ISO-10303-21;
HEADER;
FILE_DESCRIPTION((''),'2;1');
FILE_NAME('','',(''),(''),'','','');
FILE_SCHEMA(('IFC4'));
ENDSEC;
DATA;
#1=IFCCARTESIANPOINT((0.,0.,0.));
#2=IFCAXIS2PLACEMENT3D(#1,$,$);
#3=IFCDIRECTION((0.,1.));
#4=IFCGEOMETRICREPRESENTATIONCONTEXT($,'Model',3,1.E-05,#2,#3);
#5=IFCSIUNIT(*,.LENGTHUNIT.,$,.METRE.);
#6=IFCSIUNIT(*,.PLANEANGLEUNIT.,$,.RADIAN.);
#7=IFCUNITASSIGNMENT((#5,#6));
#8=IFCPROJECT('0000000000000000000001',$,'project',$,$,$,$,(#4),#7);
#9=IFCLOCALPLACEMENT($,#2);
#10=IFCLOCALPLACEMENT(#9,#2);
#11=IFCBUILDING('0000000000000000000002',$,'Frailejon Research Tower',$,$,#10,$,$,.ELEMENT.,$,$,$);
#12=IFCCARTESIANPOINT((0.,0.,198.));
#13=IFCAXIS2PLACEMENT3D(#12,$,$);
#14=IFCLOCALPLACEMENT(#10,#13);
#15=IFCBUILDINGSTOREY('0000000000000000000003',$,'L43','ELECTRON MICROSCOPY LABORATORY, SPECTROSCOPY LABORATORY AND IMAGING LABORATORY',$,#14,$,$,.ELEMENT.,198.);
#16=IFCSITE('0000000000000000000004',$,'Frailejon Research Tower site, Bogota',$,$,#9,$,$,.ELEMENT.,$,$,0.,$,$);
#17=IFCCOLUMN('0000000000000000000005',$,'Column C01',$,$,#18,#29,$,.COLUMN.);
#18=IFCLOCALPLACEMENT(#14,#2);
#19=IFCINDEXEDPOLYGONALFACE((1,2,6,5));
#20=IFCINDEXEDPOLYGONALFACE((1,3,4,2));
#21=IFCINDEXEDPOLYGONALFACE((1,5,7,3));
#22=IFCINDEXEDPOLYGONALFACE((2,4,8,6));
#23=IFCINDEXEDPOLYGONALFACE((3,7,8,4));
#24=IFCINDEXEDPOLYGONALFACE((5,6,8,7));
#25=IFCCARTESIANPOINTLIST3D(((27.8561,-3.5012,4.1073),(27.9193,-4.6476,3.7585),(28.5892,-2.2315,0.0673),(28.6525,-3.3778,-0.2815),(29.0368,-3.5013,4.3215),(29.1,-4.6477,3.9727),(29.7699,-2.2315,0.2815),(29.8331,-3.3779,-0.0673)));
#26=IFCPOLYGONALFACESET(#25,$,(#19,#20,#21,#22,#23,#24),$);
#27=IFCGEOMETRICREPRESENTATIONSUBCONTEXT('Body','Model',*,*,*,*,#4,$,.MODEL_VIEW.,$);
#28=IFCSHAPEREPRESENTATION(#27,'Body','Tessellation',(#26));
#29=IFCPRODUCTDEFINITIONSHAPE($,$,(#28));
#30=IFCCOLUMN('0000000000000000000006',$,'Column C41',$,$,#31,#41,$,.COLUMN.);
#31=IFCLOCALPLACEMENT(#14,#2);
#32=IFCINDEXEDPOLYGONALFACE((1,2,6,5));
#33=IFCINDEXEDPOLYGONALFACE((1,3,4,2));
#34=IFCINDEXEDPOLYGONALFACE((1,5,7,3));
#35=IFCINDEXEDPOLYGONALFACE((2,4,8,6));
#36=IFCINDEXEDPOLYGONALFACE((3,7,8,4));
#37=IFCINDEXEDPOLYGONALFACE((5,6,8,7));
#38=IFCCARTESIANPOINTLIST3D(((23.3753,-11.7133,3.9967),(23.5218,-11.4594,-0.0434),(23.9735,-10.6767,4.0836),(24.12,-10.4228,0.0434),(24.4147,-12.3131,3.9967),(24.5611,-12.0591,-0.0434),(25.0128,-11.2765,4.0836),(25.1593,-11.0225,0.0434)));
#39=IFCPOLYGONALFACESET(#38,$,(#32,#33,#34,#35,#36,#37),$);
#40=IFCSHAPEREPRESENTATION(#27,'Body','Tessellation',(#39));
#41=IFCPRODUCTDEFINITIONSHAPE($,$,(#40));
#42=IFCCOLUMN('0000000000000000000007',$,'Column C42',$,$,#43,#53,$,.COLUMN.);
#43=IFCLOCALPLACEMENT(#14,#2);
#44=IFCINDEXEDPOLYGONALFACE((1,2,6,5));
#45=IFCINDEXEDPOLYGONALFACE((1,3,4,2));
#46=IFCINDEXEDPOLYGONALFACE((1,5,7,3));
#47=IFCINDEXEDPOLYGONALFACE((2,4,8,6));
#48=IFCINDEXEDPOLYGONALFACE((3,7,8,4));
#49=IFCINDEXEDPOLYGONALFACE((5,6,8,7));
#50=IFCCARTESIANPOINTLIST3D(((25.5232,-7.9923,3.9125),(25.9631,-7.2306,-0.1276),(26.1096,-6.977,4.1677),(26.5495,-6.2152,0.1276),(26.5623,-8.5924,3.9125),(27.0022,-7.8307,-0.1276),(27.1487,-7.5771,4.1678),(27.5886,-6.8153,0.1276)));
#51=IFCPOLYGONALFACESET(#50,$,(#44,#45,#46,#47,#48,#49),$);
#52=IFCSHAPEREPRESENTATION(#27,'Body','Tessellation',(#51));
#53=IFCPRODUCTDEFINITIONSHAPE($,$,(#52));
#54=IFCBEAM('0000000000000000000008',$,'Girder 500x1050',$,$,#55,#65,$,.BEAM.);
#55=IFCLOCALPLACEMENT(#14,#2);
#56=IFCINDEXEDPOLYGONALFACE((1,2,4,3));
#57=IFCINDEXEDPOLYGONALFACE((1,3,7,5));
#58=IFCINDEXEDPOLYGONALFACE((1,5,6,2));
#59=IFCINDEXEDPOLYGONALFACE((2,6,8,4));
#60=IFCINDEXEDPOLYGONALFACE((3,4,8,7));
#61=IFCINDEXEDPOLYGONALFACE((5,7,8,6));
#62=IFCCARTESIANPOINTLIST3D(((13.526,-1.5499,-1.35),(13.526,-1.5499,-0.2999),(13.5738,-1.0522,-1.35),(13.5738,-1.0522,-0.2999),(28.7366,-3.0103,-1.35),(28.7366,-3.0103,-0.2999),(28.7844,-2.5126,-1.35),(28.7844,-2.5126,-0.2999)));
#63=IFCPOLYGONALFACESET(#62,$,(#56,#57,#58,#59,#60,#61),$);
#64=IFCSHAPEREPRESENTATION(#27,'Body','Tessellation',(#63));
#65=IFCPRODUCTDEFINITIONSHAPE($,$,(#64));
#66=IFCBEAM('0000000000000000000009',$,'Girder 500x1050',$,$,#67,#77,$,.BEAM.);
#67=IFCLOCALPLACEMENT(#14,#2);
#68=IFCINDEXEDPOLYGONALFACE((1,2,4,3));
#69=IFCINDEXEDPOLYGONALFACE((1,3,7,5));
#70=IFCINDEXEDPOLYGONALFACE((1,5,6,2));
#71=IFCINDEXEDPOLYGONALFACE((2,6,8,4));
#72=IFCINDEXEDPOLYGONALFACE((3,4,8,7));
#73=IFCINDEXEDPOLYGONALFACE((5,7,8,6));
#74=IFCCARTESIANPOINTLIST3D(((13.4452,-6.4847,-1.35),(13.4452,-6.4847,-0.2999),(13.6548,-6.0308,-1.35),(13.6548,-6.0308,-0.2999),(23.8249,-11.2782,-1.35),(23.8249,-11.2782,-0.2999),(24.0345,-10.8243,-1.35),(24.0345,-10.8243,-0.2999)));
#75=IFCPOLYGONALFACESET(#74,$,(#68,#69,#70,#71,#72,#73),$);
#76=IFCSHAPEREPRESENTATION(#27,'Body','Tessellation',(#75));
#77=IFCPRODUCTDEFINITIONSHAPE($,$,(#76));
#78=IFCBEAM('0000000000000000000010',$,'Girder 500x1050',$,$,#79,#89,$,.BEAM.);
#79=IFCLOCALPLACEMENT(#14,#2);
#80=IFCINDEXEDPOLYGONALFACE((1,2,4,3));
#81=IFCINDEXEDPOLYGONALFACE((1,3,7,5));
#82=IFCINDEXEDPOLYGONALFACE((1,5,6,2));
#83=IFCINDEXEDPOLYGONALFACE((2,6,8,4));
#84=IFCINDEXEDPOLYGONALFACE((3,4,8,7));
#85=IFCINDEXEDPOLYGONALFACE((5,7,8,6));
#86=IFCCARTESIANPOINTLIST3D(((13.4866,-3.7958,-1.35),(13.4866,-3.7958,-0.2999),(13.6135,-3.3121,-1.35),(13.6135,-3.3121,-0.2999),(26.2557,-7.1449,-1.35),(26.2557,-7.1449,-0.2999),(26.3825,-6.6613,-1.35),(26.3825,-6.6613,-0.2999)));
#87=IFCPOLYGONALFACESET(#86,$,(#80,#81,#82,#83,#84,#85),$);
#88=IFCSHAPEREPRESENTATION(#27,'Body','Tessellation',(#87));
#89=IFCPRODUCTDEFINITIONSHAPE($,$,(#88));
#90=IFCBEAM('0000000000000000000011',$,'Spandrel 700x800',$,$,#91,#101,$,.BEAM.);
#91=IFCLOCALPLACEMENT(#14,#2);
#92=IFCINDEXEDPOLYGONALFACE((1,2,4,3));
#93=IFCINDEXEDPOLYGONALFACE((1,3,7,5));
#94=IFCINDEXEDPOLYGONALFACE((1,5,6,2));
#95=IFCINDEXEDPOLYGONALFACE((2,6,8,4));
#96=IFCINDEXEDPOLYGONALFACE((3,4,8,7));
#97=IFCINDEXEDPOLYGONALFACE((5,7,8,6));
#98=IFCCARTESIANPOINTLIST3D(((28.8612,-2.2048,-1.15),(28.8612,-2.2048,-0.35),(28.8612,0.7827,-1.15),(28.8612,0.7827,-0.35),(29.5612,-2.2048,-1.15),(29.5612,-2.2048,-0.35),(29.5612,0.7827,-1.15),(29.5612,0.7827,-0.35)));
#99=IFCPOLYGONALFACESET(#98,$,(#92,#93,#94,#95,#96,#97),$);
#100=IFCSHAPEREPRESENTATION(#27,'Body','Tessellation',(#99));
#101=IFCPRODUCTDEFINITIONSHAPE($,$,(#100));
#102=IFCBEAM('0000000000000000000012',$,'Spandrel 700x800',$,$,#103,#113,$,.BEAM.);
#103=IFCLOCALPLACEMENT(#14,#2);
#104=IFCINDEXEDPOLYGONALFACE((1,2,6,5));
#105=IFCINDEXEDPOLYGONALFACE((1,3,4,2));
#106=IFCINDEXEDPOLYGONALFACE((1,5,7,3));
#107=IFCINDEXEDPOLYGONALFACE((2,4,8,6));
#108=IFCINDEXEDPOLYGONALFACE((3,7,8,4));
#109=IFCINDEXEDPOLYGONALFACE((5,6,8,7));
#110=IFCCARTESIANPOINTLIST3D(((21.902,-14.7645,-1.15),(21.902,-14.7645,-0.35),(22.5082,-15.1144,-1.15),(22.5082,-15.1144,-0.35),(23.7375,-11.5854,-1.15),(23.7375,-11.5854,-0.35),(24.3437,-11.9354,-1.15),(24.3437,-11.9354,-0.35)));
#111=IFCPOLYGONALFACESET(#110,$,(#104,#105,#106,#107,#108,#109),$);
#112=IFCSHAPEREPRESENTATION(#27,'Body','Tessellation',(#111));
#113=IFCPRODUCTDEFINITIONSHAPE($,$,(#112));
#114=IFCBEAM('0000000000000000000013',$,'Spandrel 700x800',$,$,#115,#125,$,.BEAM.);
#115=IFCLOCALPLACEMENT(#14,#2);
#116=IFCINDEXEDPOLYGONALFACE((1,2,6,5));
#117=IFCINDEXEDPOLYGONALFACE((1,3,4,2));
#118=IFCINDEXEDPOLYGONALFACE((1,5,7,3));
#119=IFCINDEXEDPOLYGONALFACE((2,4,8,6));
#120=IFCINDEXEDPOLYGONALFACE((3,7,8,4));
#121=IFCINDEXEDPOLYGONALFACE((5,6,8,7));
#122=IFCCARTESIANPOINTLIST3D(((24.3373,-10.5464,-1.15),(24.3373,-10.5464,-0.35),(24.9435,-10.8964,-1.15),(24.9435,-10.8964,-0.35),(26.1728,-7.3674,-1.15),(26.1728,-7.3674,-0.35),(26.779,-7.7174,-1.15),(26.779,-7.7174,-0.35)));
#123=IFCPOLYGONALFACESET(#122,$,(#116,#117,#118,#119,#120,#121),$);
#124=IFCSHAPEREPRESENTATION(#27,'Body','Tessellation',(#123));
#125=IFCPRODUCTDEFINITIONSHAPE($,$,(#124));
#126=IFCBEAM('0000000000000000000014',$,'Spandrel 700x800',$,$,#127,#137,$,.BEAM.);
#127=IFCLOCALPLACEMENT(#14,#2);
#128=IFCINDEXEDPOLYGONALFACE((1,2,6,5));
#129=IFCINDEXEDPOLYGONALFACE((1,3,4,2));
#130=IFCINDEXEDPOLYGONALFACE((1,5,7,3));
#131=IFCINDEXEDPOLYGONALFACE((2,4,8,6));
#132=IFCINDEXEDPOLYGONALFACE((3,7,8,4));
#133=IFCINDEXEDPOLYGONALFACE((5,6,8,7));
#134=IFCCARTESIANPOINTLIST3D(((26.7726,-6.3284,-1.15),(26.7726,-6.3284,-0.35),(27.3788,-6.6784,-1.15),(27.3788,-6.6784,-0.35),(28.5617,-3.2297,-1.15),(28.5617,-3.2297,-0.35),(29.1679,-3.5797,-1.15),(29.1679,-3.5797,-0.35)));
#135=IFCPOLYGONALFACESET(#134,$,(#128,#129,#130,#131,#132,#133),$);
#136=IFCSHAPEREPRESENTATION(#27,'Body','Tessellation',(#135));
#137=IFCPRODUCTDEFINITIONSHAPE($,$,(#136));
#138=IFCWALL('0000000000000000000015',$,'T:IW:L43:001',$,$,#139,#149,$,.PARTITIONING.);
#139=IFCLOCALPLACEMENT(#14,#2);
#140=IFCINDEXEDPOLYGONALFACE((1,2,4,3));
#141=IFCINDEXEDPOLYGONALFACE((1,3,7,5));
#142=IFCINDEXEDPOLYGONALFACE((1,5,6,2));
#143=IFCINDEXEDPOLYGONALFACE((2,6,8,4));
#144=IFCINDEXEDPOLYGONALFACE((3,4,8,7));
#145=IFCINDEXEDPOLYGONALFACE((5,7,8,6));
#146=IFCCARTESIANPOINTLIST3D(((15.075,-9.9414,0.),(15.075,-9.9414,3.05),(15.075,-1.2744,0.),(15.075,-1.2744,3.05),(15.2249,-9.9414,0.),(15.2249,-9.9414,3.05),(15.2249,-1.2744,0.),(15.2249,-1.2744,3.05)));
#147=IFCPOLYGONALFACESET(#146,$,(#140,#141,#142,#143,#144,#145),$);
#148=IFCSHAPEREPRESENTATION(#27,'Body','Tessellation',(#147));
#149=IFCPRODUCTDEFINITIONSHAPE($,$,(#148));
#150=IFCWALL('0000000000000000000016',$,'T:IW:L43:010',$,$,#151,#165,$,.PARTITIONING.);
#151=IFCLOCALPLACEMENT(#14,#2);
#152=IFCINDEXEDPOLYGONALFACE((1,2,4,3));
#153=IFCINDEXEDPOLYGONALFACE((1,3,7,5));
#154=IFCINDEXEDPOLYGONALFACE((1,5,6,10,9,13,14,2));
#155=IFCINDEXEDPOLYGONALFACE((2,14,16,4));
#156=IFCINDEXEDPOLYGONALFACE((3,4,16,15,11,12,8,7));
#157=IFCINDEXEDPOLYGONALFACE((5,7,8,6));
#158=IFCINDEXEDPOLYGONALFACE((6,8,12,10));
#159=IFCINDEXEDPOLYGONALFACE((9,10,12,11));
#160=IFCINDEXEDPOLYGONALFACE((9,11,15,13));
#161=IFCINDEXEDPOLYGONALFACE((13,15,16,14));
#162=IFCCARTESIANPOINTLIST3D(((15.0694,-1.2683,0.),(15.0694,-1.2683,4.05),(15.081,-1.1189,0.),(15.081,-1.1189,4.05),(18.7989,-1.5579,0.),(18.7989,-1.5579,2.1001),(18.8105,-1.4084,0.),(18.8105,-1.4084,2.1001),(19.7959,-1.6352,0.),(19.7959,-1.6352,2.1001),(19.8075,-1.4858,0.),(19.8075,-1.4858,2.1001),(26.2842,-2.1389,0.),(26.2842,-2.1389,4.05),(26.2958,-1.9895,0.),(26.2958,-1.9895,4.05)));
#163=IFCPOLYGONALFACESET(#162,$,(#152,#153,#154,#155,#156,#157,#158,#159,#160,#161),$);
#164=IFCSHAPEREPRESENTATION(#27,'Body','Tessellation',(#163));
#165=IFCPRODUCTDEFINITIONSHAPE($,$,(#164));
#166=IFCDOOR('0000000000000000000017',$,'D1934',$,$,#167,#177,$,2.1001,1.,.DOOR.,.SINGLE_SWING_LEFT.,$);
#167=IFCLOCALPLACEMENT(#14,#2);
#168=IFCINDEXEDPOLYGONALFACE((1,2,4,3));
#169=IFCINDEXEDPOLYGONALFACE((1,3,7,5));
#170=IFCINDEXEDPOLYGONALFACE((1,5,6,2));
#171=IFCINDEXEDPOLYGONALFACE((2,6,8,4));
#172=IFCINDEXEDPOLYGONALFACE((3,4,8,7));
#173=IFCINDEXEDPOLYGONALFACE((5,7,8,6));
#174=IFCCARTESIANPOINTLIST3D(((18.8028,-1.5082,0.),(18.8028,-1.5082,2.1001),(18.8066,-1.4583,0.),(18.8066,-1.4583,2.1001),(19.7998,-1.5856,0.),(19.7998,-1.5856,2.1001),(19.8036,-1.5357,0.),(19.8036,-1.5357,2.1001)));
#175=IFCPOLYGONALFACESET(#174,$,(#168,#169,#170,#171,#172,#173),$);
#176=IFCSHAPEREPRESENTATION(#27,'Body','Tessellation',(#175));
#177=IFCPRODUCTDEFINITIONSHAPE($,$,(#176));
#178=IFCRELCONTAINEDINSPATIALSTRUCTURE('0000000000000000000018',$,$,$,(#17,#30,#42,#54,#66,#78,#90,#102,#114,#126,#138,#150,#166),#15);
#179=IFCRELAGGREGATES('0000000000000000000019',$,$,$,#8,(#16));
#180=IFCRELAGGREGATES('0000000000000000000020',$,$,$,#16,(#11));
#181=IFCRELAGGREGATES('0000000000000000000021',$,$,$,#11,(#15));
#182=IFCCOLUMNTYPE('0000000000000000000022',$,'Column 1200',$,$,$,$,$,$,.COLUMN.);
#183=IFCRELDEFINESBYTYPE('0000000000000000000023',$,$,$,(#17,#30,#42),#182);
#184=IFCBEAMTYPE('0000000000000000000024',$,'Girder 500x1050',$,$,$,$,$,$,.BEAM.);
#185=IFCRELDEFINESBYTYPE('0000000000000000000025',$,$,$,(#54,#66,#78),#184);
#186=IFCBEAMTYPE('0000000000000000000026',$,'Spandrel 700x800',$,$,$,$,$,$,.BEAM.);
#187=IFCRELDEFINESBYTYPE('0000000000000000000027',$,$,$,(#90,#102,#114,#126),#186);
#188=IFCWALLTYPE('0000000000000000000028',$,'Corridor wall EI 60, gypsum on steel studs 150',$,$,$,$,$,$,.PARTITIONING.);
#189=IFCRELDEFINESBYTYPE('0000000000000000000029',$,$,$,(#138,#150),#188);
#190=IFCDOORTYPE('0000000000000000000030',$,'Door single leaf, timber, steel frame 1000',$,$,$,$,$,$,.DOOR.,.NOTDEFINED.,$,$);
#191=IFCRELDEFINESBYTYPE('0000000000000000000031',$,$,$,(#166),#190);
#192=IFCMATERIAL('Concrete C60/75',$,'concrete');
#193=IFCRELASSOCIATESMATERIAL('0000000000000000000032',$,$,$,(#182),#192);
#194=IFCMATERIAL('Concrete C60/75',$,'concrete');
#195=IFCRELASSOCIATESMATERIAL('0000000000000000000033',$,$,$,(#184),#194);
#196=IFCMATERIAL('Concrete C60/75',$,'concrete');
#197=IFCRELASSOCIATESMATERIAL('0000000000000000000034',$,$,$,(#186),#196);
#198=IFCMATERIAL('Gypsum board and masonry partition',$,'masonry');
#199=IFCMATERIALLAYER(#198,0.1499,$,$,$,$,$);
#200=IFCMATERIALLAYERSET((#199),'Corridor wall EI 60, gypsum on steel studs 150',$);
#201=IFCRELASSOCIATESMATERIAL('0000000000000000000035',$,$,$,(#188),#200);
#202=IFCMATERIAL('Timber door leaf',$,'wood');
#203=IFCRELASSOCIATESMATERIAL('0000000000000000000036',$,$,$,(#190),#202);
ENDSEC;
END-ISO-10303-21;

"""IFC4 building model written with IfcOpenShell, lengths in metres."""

from ifc_helpers import new_model, si_unit, direction, frame, frame_2d, origin, origin_2d, place, context, subcontext, project, spatial, rectangle, extrude, material, layer, layer_set, material_profile, profile_set, type_object, element, fill, save


model = new_model("IFC4")

# Units and contexts
model_context = context("Model", 3, precision=1e-05, world=origin(), true_north=direction((0.0, 1.0)))
body_context = subcontext(model_context, "Body", "Model", "MODEL_VIEW")
ifc_project = project(units=[si_unit("LENGTHUNIT", "METRE"), si_unit("PLANEANGLEUNIT", "RADIAN")], contexts=[model_context])

# Site, building, storey
site_placement = place(None, origin())
site = spatial("IfcSite", under=ifc_project, at=site_placement, Name="Frailejon Research Tower site, Bogota", CompositionType="ELEMENT", RefElevation=0.0)
building_placement = place(site_placement, origin())
building = spatial("IfcBuilding", under=site, at=building_placement, Name="Frailejon Research Tower", CompositionType="ELEMENT")
storey_placement = place(building_placement, frame((0.0, 0.0, 198.0)))
storey = spatial("IfcBuildingStorey", under=building, at=storey_placement, Name="L43", Description="ELECTRON MICROSCOPY LABORATORY, SPECTROSCOPY LABORATORY AND IMAGING LABORATORY", CompositionType="ELEMENT", Elevation=198.0)

# Columns
ifc_material_1 = material(Name="Concrete C60/75", Category="concrete")
ifc_material_profile_1 = material_profile(ifc_material_1, rectangle(XDim=1.2, YDim=1.2, at=origin_2d()), Name="Column 1200")
ifc_profile_set_1 = profile_set([ifc_material_profile_1], Name="Concrete C60/75")
column_type = type_object("IfcColumnType", Name="Column 1200", PredefinedType="COLUMN", material=ifc_profile_set_1)
column_1_placement = place(storey_placement, frame((29.2112, -2.8047, 0.0), z_axis=(-0.170585, -0.295442, 0.940008), x_axis=(-0.052685, 0.955361, 0.290707)))
element("IfcColumn", 1, at=column_1_placement, inside=storey, type_object=column_type, Name="Column C01", PredefinedType="COLUMN", context=body_context, shape_type="SweptSolid", body=[
    extrude(rectangle(XDim=1.2, YDim=1.2, at=origin_2d()), origin(), (0.0, 0.0, 1.0), 4.2979),
])
column_2_placement = place(storey_placement, frame((24.3406, -11.241, 0.0), z_axis=(-0.036163, -0.062683, 0.997378), x_axis=(0.4985, 0.863864, 0.072366)))
element("IfcColumn", 2, at=column_2_placement, inside=storey, type_object=column_type, Name="Column C41", PredefinedType="COLUMN", context=body_context, shape_type="SweptSolid", body=[
    extrude(rectangle(XDim=1.2, YDim=1.2, at=origin_2d()), origin(), (0.0, 0.0, 1.0), 4.0508),
])
column_3_placement = place(storey_placement, frame((26.7759, -7.0229, 0.0), z_axis=(-0.106402, -0.184226, 0.977108), x_axis=(0.488665, 0.846136, 0.212746)))
element("IfcColumn", 3, at=column_3_placement, inside=storey, type_object=column_type, Name="Column C42", PredefinedType="COLUMN", context=body_context, shape_type="SweptSolid", body=[
    extrude(rectangle(XDim=1.2, YDim=1.2, at=origin_2d()), origin(), (0.0, 0.0, 1.0), 4.1348),
])

# Beams
ifc_material_2 = material(Name="Concrete C60/75", Category="concrete")
ifc_material_profile_2 = material_profile(ifc_material_2, rectangle(XDim=0.5, YDim=1.05, at=origin_2d()), Name="Girder 500x1050")
ifc_profile_set_2 = profile_set([ifc_material_profile_2], Name="Concrete C60/75")
beam_type_1 = type_object("IfcBeamType", Name="Girder 500x1050", PredefinedType="BEAM", material=ifc_profile_set_2)
beam_1_placement = place(storey_placement, frame((28.7605, -2.7615, -0.825), z_axis=(-0.995422, 0.095577, 0.0), x_axis=(-0.095577, -0.995422, 0.0)))
element("IfcBeam", 4, at=beam_1_placement, inside=storey, type_object=beam_type_1, Name="Girder 500x1050", PredefinedType="BEAM", context=body_context, shape_type="SweptSolid", body=[
    extrude(rectangle(XDim=0.5, YDim=1.05, at=origin_2d()), origin(), (0.0, 0.0, 1.0), 15.2805),
])
beam_2_placement = place(storey_placement, frame((23.9297, -11.0513, -0.825), z_axis=(-0.907864, 0.419264, 0.0), x_axis=(-0.419264, -0.907864, 0.0)))
element("IfcBeam", 5, at=beam_2_placement, inside=storey, type_object=beam_type_1, Name="Girder 500x1050", PredefinedType="BEAM", context=body_context, shape_type="SweptSolid", body=[
    extrude(rectangle(XDim=0.5, YDim=1.05, at=origin_2d()), origin(), (0.0, 0.0, 1.0), 11.4331),
])
beam_3_placement = place(storey_placement, frame((26.3191, -6.9031, -0.825), z_axis=(-0.967282, 0.253703, 0.0), x_axis=(-0.253703, -0.967282, 0.0)))
element("IfcBeam", 6, at=beam_3_placement, inside=storey, type_object=beam_type_1, Name="Girder 500x1050", PredefinedType="BEAM", context=body_context, shape_type="SweptSolid", body=[
    extrude(rectangle(XDim=0.5, YDim=1.05, at=origin_2d()), origin(), (0.0, 0.0, 1.0), 13.2009),
])
ifc_material_3 = material(Name="Concrete C60/75", Category="concrete")
ifc_material_profile_3 = material_profile(ifc_material_3, rectangle(XDim=0.7, YDim=0.8, at=origin_2d()), Name="Spandrel 700x800")
ifc_profile_set_3 = profile_set([ifc_material_profile_3], Name="Concrete C60/75")
beam_type_2 = type_object("IfcBeamType", Name="Spandrel 700x800", PredefinedType="BEAM", material=ifc_profile_set_3)
beam_4_placement = place(storey_placement, frame((29.2112, -2.2048, -0.75), z_axis=(0.0, 1.0, 0.0), x_axis=(-1.0, 0.0, 0.0)))
element("IfcBeam", 7, at=beam_4_placement, inside=storey, type_object=beam_type_2, Name="Spandrel 700x800", PredefinedType="BEAM", context=body_context, shape_type="SweptSolid", body=[
    extrude(rectangle(XDim=0.7, YDim=0.8, at=origin_2d()), origin(), (0.0, 0.0, 1.0), 2.9875),
])
for number, where, z_axis, x_axis, name in (
    (8, (22.2051, -14.9395, -0.75), (0.500016, 0.866016, 0.0), (-0.866016, 0.500016, 0.0), "Spandrel 700x800"),
    (9, (24.6404, -10.7214, -0.75), (0.500016, 0.866016, 0.0), (-0.866016, 0.500016, 0.0), "Spandrel 700x800"),
):
    element("IfcBeam", number, at=place(storey_placement, frame(where, z_axis=z_axis, x_axis=x_axis)), inside=storey, type_object=beam_type_2, Name=name, PredefinedType="BEAM", context=body_context, shape_type="SweptSolid", body=[
        extrude(rectangle(XDim=0.7, YDim=0.8, at=origin_2d()), origin(), (0.0, 0.0, 1.0), 3.6709),
    ])
beam_5_placement = place(storey_placement, frame((27.0757, -6.5034, -0.75), z_axis=(0.500014, 0.866017, 0.0), x_axis=(-0.866017, 0.500014, 0.0)))
element("IfcBeam", 10, at=beam_5_placement, inside=storey, type_object=beam_type_2, Name="Spandrel 700x800", PredefinedType="BEAM", context=body_context, shape_type="SweptSolid", body=[
    extrude(rectangle(XDim=0.7, YDim=0.8, at=origin_2d()), origin(), (0.0, 0.0, 1.0), 3.5781),
])

# Wall
ifc_material_4 = material(Name="Gypsum board and masonry partition", Category="masonry")
ifc_layer_1 = layer(ifc_material_4, 0.1499)
ifc_layer_set_1 = layer_set([ifc_layer_1], Name="Corridor wall EI 60, gypsum on steel studs 150")
wall_type_1 = type_object("IfcWallType", Name="Corridor wall EI 60, gypsum on steel studs 150", PredefinedType="PARTITIONING", material=ifc_layer_set_1)
wall_1_placement = place(storey_placement, frame((15.1499, -9.9414, 0.0), z_axis=(0.0, 0.0, 1.0), x_axis=(0.0, 1.0, 0.0)))
element("IfcWall", 11, at=wall_1_placement, inside=storey, type_object=wall_type_1, Name="T:IW:L43:001", PredefinedType="PARTITIONING", context=body_context, shape_type="SweptSolid", body=[
    extrude(rectangle(XDim=8.667, YDim=0.1499, at=frame_2d((4.3335, 0.0))), origin(), (0.0, 0.0, 1.0), 3.05),
])

# Wall, opening, door
wall_2_placement = place(storey_placement, frame((15.0752, -1.1936, 0.0), z_axis=(0.0, 0.0, 1.0), x_axis=(0.997, -0.077397, 0.0)))
wall_2 = element("IfcWall", 12, at=wall_2_placement, inside=storey, type_object=wall_type_1, Name="T:IW:L43:010", PredefinedType="PARTITIONING", context=body_context, shape_type="SweptSolid", body=[
    extrude(rectangle(XDim=11.2485, YDim=0.1499, at=frame_2d((5.6243, 0.0))), origin(), (0.0, 0.0, 1.0), 4.05),
])
opening_1_placement = place(wall_2_placement, frame((3.7407, 0.0, 0.0)))
opening_1 = element("IfcOpeningElement", 13, at=opening_1_placement, cuts=wall_2, PredefinedType="OPENING", context=body_context, shape_type="SweptSolid", body=[
    extrude(rectangle(XDim=1.0, YDim=2.1001, at=frame_2d((0.5, 1.05))), frame((0.0, 0.085, 0.0), z_axis=(0.0, -1.0, 0.0), x_axis=(1.0, 0.0, 0.0)), (0.0, 0.0, 1.0), 0.1699),
])
ifc_material_5 = material(Name="Timber door leaf", Category="wood")
door_type = type_object("IfcDoorType", Name="Door single leaf, timber, steel frame 1000", OperationType="NOTDEFINED", PredefinedType="DOOR", material=ifc_material_5)
door_placement = place(opening_1_placement, origin())
door = element("IfcDoor", 14, at=door_placement, inside=storey, type_object=door_type, Name="D1934", OperationType="SINGLE_SWING_LEFT", OverallHeight=2.1001, OverallWidth=1.0, PredefinedType="DOOR", context=body_context, shape_type="SweptSolid", body=[
    extrude(rectangle(XDim=1.0, YDim=2.1001, at=frame_2d((0.5, 1.05))), frame((0.0, 0.0249, 0.0), z_axis=(0.0, -1.0, 0.0), x_axis=(1.0, 0.0, 0.0)), (0.0, 0.0, 1.0), 0.05),
])
fill(opening_1, door)

save(model, "model.ifc")
